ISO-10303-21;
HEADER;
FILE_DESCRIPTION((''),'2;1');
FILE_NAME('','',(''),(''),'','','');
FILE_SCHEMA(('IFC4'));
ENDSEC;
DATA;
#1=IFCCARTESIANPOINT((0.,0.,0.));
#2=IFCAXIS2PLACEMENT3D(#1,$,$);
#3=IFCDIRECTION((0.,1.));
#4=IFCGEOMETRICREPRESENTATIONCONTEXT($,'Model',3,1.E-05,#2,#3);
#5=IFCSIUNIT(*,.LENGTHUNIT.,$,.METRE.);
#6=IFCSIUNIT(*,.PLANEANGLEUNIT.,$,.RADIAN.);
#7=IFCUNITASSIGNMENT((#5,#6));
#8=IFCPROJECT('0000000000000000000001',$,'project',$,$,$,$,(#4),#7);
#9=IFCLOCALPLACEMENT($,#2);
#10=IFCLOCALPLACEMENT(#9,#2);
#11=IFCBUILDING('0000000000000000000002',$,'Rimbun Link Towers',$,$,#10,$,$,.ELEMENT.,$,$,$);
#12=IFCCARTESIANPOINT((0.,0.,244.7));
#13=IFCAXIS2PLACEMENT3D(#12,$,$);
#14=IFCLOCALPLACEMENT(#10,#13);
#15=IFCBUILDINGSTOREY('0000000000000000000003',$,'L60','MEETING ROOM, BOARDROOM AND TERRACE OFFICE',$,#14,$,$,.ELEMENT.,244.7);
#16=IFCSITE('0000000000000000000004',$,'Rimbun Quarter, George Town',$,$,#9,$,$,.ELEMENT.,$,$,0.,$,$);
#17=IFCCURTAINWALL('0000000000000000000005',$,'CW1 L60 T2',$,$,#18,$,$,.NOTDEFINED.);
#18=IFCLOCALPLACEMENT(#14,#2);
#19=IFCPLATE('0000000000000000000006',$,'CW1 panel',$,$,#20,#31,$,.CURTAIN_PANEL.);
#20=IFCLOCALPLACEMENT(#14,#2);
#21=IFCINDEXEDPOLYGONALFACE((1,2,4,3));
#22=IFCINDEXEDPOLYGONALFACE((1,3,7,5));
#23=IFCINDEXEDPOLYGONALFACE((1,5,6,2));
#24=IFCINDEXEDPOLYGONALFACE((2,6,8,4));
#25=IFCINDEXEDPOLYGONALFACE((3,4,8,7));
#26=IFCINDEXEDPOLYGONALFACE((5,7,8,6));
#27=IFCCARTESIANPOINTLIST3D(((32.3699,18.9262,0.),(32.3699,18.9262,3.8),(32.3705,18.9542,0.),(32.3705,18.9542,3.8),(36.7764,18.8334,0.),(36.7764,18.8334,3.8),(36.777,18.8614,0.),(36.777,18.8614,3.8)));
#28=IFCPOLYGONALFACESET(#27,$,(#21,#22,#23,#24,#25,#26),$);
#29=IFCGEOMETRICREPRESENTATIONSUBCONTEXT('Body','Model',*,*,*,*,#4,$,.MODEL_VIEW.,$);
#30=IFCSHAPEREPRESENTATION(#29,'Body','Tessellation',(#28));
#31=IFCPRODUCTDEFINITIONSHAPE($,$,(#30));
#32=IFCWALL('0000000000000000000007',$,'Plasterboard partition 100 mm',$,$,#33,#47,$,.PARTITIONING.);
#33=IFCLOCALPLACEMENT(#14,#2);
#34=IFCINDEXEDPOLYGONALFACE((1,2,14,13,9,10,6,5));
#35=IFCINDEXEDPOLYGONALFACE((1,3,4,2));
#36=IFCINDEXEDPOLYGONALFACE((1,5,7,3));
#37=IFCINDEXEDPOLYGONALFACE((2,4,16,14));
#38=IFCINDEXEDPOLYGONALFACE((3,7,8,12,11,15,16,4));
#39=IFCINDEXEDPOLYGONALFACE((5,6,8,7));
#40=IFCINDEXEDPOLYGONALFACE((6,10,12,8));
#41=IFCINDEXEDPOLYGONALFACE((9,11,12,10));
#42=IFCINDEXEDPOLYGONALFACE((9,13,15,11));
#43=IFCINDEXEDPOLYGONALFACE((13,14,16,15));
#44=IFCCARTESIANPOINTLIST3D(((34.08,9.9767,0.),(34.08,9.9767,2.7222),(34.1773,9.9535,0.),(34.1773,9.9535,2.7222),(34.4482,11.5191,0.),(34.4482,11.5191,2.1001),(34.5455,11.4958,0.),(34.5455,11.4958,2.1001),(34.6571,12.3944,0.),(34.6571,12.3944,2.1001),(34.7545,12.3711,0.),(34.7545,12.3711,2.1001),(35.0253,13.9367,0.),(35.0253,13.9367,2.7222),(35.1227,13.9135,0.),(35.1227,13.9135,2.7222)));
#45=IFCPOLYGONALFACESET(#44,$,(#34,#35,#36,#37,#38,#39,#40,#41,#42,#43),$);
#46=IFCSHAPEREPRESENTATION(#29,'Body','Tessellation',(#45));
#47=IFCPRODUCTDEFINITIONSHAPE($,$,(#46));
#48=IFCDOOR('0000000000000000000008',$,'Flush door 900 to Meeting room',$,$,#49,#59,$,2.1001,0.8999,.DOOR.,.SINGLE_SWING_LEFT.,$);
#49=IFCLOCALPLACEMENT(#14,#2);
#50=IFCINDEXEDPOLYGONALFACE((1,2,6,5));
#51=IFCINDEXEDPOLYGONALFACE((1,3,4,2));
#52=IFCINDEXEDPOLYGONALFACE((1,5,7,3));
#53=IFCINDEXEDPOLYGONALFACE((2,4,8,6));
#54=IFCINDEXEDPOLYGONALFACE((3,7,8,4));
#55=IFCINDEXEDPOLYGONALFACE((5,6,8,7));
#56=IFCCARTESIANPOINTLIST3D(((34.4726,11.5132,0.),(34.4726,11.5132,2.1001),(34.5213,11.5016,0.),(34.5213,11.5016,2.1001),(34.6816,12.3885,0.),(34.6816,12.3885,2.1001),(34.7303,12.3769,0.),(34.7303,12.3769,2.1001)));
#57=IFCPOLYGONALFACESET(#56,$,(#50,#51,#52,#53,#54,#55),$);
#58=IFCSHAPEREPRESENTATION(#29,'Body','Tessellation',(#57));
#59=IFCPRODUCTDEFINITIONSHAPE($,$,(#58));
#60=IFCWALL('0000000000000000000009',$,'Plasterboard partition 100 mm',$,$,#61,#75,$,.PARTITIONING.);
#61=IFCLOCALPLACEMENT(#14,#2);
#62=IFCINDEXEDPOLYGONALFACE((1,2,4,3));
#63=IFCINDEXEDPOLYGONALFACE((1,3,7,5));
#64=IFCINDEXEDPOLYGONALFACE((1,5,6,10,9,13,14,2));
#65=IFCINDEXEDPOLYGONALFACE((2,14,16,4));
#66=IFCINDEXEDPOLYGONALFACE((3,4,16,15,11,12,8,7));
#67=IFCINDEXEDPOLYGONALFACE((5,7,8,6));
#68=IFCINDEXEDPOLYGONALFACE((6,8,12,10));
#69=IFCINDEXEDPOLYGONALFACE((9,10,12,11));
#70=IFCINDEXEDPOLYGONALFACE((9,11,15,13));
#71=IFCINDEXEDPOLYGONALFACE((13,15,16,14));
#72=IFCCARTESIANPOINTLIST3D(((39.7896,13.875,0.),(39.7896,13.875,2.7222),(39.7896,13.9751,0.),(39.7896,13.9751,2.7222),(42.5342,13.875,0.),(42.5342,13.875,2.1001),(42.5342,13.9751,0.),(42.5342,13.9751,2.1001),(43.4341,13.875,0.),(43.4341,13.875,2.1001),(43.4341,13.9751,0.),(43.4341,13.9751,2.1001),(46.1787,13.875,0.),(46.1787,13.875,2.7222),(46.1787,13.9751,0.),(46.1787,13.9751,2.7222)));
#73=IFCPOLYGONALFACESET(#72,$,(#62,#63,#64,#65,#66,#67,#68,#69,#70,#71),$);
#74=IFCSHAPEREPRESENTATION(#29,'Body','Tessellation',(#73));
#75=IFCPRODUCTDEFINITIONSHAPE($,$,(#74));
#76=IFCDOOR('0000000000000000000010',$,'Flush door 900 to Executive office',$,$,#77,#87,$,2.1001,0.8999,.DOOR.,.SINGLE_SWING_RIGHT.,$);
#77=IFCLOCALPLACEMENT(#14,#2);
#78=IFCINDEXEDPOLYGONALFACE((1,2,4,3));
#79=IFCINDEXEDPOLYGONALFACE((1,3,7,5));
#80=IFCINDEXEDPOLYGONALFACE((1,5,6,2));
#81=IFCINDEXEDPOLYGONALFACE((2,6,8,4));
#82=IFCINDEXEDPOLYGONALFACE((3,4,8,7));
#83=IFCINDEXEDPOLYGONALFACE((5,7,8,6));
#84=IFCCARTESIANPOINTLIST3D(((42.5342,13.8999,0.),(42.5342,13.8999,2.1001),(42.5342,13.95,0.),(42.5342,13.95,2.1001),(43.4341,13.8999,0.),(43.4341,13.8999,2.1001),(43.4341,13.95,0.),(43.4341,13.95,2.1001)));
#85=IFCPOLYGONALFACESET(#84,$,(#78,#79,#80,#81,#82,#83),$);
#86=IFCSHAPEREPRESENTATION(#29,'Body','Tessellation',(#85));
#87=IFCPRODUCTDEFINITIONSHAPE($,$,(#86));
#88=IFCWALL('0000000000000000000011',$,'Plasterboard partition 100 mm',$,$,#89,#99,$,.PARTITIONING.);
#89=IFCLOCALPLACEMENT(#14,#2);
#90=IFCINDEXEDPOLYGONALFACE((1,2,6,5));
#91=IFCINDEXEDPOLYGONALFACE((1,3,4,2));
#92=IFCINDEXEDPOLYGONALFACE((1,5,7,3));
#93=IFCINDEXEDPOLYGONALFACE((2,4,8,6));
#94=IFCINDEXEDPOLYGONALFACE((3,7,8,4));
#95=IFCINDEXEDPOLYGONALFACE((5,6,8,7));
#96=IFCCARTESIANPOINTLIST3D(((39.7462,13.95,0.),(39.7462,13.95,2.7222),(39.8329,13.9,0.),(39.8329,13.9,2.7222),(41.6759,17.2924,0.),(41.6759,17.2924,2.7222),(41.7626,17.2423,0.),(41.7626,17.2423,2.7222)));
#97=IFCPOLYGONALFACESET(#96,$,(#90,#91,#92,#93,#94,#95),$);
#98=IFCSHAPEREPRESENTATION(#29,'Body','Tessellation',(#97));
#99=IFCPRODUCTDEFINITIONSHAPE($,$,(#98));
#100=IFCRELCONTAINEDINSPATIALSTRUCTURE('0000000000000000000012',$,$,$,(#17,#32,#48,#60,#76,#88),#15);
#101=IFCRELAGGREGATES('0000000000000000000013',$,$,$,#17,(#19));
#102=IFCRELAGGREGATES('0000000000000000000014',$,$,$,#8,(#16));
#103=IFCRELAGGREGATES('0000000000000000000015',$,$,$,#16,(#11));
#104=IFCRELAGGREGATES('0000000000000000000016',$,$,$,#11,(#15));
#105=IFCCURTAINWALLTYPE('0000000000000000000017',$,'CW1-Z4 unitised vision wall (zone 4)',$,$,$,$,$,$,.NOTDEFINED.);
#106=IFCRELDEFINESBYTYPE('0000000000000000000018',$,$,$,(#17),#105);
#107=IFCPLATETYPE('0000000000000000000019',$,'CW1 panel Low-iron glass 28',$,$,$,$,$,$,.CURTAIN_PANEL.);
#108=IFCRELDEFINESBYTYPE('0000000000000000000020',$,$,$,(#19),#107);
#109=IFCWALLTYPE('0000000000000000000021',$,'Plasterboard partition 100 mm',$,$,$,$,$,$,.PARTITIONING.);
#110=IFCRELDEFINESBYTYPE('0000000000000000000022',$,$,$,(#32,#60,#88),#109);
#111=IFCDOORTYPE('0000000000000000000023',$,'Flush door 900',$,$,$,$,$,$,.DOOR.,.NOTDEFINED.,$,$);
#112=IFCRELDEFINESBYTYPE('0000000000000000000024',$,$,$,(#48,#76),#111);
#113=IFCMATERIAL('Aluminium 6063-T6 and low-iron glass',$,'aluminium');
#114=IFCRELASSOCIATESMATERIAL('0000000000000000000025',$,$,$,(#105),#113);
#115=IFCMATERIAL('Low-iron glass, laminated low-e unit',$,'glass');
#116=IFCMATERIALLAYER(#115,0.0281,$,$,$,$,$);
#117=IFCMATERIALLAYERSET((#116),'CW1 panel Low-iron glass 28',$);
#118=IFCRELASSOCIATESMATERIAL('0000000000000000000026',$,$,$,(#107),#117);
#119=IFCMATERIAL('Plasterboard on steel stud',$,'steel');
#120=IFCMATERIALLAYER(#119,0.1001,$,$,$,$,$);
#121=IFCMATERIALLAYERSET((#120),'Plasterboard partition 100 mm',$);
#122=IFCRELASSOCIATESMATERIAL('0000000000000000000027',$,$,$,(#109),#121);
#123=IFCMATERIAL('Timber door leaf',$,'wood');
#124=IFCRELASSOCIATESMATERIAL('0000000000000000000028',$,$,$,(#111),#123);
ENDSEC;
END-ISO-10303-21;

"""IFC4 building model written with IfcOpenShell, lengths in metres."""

from ifc_helpers import new_model, si_unit, direction, frame, frame_2d, origin, origin_2d, place, context, subcontext, project, spatial, rectangle, extrude, material, layer, layer_set, type_object, element, fill, aggregate, save


model = new_model("IFC4")

# Units and contexts
model_context = context("Model", 3, precision=1e-05, world=origin(), true_north=direction((0.0, 1.0)))
body_context = subcontext(model_context, "Body", "Model", "MODEL_VIEW")
ifc_project = project(units=[si_unit("LENGTHUNIT", "METRE"), si_unit("PLANEANGLEUNIT", "RADIAN")], contexts=[model_context])

# Site, building, storey
site_placement = place(None, origin())
site = spatial("IfcSite", under=ifc_project, at=site_placement, Name="Rimbun Quarter, George Town", CompositionType="ELEMENT", RefElevation=0.0)
building_placement = place(site_placement, origin())
building = spatial("IfcBuilding", under=site, at=building_placement, Name="Rimbun Link Towers", CompositionType="ELEMENT")
storey_placement = place(building_placement, frame((0.0, 0.0, 244.7)))
storey = spatial("IfcBuildingStorey", under=building, at=storey_placement, Name="L60", Description="MEETING ROOM, BOARDROOM AND TERRACE OFFICE", CompositionType="ELEMENT", Elevation=244.7)

# Curtain wall
ifc_material_1 = material(Name="Aluminium 6063-T6 and low-iron glass", Category="aluminium")
curtain_wall_type = type_object("IfcCurtainWallType", Name="CW1-Z4 unitised vision wall (zone 4)", PredefinedType="NOTDEFINED", material=ifc_material_1)
curtain_wall_placement = place(storey_placement, origin())
curtain_wall = element("IfcCurtainWall", 1, at=curtain_wall_placement, inside=storey, type_object=curtain_wall_type, Name="CW1 L60 T2", PredefinedType="NOTDEFINED")

# Plate
ifc_material_2 = material(Name="Low-iron glass, laminated low-e unit", Category="glass")
ifc_layer_1 = layer(ifc_material_2, 0.0281)
ifc_layer_set_1 = layer_set([ifc_layer_1], Name="CW1 panel Low-iron glass 28")
plate_type = type_object("IfcPlateType", Name="CW1 panel Low-iron glass 28", PredefinedType="CURTAIN_PANEL", material=ifc_layer_set_1)
plate_1_placement = place(storey_placement, frame((34.5735, 18.8938, 0.0), z_axis=(0.0, 0.0, 1.0), x_axis=(0.999778, -0.02106, 0.0)))
plate_1 = element("IfcPlate", 2, at=plate_1_placement, type_object=plate_type, Name="CW1 panel", PredefinedType="CURTAIN_PANEL", context=body_context, shape_type="SweptSolid", body=[
    extrude(rectangle(XDim=4.4075, YDim=0.0281, at=origin_2d()), origin(), (0.0, 0.0, 1.0), 3.8),
])
aggregate(curtain_wall, [plate_1])

# Walls, openings, doors
ifc_material_3 = material(Name="Plasterboard on steel stud", Category="steel")
ifc_layer_2 = layer(ifc_material_3, 0.1001)
ifc_layer_set_2 = layer_set([ifc_layer_2], Name="Plasterboard partition 100 mm")
wall_type = type_object("IfcWallType", Name="Plasterboard partition 100 mm", PredefinedType="PARTITIONING", material=ifc_layer_set_2)
wall_1_placement = place(storey_placement, frame((34.1287, 9.9651, 0.0), z_axis=(0.0, 0.0, 1.0), x_axis=(0.232193, 0.97267, 0.0)))
wall_1 = element("IfcWall", 3, at=wall_1_placement, inside=storey, type_object=wall_type, Name="Plasterboard partition 100 mm", PredefinedType="PARTITIONING", context=body_context, shape_type="SweptSolid", body=[
    extrude(rectangle(XDim=4.0713, YDim=0.1001, at=frame_2d((2.0356, 0.0))), origin(), (0.0, 0.0, 1.0), 2.7222),
])
opening_1_placement = place(wall_1_placement, frame((1.5857, 0.0, 0.0)))
opening_1 = element("IfcOpeningElement", 4, at=opening_1_placement, cuts=wall_1, PredefinedType="OPENING", context=body_context, shape_type="SweptSolid", body=[
    extrude(rectangle(XDim=0.8999, YDim=2.1001, at=frame_2d((0.45, 1.05))), frame((0.0, 0.0601, 0.0), z_axis=(0.0, -1.0, 0.0), x_axis=(1.0, 0.0, 0.0)), (0.0, 0.0, 1.0), 0.1201),
])
ifc_material_4 = material(Name="Timber door leaf", Category="wood")
door_type = type_object("IfcDoorType", Name="Flush door 900", OperationType="NOTDEFINED", PredefinedType="DOOR", material=ifc_material_4)
door_1_placement = place(opening_1_placement, origin())
door_1 = element("IfcDoor", 5, at=door_1_placement, inside=storey, type_object=door_type, Name="Flush door 900 to Meeting room", OperationType="SINGLE_SWING_LEFT", OverallHeight=2.1001, OverallWidth=0.8999, PredefinedType="DOOR", context=body_context, shape_type="SweptSolid", body=[
    extrude(rectangle(XDim=0.8999, YDim=2.1001, at=frame_2d((0.45, 1.05))), frame((0.0, 0.0249, 0.0), z_axis=(0.0, -1.0, 0.0), x_axis=(1.0, 0.0, 0.0)), (0.0, 0.0, 1.0), 0.05),
])
fill(opening_1, door_1)
wall_2_placement = place(storey_placement, frame((39.7896, 13.925, 0.0), z_axis=(0.0, 0.0, 1.0), x_axis=(1.0, 0.0, 0.0)))
wall_2 = element("IfcWall", 6, at=wall_2_placement, inside=storey, type_object=wall_type, Name="Plasterboard partition 100 mm", PredefinedType="PARTITIONING", context=body_context, shape_type="SweptSolid", body=[
    extrude(rectangle(XDim=6.3892, YDim=0.1001, at=frame_2d((3.1946, 0.0))), origin(), (0.0, 0.0, 1.0), 2.7222),
])
opening_2_placement = place(wall_2_placement, frame((2.7446, 0.0, 0.0)))
opening_2 = element("IfcOpeningElement", 7, at=opening_2_placement, cuts=wall_2, PredefinedType="OPENING", context=body_context, shape_type="SweptSolid", body=[
    extrude(rectangle(XDim=0.8999, YDim=2.1001, at=frame_2d((0.45, 1.05))), frame((0.0, 0.0601, 0.0), z_axis=(0.0, -1.0, 0.0), x_axis=(1.0, 0.0, 0.0)), (0.0, 0.0, 1.0), 0.1201),
])
door_2_placement = place(opening_2_placement, origin())
door_2 = element("IfcDoor", 8, at=door_2_placement, inside=storey, type_object=door_type, Name="Flush door 900 to Executive office", OperationType="SINGLE_SWING_RIGHT", OverallHeight=2.1001, OverallWidth=0.8999, PredefinedType="DOOR", context=body_context, shape_type="SweptSolid", body=[
    extrude(rectangle(XDim=0.8999, YDim=2.1001, at=frame_2d((0.45, 1.05))), frame((0.0, 0.0249, 0.0), z_axis=(0.0, -1.0, 0.0), x_axis=(1.0, 0.0, 0.0)), (0.0, 0.0, 1.0), 0.05),
])
fill(opening_2, door_2)

# Wall
wall_3_placement = place(storey_placement, frame((41.7192, 17.2673, 0.0), z_axis=(0.0, 0.0, 1.0), x_axis=(-0.500004, -0.866023, 0.0)))
element("IfcWall", 9, at=wall_3_placement, inside=storey, type_object=wall_type, Name="Plasterboard partition 100 mm", PredefinedType="PARTITIONING", context=body_context, shape_type="SweptSolid", body=[
    extrude(rectangle(XDim=3.8594, YDim=0.1001, at=frame_2d((1.9297, 0.0))), origin(), (0.0, 0.0, 1.0), 2.7222),
])

save(model, "model.ifc")
